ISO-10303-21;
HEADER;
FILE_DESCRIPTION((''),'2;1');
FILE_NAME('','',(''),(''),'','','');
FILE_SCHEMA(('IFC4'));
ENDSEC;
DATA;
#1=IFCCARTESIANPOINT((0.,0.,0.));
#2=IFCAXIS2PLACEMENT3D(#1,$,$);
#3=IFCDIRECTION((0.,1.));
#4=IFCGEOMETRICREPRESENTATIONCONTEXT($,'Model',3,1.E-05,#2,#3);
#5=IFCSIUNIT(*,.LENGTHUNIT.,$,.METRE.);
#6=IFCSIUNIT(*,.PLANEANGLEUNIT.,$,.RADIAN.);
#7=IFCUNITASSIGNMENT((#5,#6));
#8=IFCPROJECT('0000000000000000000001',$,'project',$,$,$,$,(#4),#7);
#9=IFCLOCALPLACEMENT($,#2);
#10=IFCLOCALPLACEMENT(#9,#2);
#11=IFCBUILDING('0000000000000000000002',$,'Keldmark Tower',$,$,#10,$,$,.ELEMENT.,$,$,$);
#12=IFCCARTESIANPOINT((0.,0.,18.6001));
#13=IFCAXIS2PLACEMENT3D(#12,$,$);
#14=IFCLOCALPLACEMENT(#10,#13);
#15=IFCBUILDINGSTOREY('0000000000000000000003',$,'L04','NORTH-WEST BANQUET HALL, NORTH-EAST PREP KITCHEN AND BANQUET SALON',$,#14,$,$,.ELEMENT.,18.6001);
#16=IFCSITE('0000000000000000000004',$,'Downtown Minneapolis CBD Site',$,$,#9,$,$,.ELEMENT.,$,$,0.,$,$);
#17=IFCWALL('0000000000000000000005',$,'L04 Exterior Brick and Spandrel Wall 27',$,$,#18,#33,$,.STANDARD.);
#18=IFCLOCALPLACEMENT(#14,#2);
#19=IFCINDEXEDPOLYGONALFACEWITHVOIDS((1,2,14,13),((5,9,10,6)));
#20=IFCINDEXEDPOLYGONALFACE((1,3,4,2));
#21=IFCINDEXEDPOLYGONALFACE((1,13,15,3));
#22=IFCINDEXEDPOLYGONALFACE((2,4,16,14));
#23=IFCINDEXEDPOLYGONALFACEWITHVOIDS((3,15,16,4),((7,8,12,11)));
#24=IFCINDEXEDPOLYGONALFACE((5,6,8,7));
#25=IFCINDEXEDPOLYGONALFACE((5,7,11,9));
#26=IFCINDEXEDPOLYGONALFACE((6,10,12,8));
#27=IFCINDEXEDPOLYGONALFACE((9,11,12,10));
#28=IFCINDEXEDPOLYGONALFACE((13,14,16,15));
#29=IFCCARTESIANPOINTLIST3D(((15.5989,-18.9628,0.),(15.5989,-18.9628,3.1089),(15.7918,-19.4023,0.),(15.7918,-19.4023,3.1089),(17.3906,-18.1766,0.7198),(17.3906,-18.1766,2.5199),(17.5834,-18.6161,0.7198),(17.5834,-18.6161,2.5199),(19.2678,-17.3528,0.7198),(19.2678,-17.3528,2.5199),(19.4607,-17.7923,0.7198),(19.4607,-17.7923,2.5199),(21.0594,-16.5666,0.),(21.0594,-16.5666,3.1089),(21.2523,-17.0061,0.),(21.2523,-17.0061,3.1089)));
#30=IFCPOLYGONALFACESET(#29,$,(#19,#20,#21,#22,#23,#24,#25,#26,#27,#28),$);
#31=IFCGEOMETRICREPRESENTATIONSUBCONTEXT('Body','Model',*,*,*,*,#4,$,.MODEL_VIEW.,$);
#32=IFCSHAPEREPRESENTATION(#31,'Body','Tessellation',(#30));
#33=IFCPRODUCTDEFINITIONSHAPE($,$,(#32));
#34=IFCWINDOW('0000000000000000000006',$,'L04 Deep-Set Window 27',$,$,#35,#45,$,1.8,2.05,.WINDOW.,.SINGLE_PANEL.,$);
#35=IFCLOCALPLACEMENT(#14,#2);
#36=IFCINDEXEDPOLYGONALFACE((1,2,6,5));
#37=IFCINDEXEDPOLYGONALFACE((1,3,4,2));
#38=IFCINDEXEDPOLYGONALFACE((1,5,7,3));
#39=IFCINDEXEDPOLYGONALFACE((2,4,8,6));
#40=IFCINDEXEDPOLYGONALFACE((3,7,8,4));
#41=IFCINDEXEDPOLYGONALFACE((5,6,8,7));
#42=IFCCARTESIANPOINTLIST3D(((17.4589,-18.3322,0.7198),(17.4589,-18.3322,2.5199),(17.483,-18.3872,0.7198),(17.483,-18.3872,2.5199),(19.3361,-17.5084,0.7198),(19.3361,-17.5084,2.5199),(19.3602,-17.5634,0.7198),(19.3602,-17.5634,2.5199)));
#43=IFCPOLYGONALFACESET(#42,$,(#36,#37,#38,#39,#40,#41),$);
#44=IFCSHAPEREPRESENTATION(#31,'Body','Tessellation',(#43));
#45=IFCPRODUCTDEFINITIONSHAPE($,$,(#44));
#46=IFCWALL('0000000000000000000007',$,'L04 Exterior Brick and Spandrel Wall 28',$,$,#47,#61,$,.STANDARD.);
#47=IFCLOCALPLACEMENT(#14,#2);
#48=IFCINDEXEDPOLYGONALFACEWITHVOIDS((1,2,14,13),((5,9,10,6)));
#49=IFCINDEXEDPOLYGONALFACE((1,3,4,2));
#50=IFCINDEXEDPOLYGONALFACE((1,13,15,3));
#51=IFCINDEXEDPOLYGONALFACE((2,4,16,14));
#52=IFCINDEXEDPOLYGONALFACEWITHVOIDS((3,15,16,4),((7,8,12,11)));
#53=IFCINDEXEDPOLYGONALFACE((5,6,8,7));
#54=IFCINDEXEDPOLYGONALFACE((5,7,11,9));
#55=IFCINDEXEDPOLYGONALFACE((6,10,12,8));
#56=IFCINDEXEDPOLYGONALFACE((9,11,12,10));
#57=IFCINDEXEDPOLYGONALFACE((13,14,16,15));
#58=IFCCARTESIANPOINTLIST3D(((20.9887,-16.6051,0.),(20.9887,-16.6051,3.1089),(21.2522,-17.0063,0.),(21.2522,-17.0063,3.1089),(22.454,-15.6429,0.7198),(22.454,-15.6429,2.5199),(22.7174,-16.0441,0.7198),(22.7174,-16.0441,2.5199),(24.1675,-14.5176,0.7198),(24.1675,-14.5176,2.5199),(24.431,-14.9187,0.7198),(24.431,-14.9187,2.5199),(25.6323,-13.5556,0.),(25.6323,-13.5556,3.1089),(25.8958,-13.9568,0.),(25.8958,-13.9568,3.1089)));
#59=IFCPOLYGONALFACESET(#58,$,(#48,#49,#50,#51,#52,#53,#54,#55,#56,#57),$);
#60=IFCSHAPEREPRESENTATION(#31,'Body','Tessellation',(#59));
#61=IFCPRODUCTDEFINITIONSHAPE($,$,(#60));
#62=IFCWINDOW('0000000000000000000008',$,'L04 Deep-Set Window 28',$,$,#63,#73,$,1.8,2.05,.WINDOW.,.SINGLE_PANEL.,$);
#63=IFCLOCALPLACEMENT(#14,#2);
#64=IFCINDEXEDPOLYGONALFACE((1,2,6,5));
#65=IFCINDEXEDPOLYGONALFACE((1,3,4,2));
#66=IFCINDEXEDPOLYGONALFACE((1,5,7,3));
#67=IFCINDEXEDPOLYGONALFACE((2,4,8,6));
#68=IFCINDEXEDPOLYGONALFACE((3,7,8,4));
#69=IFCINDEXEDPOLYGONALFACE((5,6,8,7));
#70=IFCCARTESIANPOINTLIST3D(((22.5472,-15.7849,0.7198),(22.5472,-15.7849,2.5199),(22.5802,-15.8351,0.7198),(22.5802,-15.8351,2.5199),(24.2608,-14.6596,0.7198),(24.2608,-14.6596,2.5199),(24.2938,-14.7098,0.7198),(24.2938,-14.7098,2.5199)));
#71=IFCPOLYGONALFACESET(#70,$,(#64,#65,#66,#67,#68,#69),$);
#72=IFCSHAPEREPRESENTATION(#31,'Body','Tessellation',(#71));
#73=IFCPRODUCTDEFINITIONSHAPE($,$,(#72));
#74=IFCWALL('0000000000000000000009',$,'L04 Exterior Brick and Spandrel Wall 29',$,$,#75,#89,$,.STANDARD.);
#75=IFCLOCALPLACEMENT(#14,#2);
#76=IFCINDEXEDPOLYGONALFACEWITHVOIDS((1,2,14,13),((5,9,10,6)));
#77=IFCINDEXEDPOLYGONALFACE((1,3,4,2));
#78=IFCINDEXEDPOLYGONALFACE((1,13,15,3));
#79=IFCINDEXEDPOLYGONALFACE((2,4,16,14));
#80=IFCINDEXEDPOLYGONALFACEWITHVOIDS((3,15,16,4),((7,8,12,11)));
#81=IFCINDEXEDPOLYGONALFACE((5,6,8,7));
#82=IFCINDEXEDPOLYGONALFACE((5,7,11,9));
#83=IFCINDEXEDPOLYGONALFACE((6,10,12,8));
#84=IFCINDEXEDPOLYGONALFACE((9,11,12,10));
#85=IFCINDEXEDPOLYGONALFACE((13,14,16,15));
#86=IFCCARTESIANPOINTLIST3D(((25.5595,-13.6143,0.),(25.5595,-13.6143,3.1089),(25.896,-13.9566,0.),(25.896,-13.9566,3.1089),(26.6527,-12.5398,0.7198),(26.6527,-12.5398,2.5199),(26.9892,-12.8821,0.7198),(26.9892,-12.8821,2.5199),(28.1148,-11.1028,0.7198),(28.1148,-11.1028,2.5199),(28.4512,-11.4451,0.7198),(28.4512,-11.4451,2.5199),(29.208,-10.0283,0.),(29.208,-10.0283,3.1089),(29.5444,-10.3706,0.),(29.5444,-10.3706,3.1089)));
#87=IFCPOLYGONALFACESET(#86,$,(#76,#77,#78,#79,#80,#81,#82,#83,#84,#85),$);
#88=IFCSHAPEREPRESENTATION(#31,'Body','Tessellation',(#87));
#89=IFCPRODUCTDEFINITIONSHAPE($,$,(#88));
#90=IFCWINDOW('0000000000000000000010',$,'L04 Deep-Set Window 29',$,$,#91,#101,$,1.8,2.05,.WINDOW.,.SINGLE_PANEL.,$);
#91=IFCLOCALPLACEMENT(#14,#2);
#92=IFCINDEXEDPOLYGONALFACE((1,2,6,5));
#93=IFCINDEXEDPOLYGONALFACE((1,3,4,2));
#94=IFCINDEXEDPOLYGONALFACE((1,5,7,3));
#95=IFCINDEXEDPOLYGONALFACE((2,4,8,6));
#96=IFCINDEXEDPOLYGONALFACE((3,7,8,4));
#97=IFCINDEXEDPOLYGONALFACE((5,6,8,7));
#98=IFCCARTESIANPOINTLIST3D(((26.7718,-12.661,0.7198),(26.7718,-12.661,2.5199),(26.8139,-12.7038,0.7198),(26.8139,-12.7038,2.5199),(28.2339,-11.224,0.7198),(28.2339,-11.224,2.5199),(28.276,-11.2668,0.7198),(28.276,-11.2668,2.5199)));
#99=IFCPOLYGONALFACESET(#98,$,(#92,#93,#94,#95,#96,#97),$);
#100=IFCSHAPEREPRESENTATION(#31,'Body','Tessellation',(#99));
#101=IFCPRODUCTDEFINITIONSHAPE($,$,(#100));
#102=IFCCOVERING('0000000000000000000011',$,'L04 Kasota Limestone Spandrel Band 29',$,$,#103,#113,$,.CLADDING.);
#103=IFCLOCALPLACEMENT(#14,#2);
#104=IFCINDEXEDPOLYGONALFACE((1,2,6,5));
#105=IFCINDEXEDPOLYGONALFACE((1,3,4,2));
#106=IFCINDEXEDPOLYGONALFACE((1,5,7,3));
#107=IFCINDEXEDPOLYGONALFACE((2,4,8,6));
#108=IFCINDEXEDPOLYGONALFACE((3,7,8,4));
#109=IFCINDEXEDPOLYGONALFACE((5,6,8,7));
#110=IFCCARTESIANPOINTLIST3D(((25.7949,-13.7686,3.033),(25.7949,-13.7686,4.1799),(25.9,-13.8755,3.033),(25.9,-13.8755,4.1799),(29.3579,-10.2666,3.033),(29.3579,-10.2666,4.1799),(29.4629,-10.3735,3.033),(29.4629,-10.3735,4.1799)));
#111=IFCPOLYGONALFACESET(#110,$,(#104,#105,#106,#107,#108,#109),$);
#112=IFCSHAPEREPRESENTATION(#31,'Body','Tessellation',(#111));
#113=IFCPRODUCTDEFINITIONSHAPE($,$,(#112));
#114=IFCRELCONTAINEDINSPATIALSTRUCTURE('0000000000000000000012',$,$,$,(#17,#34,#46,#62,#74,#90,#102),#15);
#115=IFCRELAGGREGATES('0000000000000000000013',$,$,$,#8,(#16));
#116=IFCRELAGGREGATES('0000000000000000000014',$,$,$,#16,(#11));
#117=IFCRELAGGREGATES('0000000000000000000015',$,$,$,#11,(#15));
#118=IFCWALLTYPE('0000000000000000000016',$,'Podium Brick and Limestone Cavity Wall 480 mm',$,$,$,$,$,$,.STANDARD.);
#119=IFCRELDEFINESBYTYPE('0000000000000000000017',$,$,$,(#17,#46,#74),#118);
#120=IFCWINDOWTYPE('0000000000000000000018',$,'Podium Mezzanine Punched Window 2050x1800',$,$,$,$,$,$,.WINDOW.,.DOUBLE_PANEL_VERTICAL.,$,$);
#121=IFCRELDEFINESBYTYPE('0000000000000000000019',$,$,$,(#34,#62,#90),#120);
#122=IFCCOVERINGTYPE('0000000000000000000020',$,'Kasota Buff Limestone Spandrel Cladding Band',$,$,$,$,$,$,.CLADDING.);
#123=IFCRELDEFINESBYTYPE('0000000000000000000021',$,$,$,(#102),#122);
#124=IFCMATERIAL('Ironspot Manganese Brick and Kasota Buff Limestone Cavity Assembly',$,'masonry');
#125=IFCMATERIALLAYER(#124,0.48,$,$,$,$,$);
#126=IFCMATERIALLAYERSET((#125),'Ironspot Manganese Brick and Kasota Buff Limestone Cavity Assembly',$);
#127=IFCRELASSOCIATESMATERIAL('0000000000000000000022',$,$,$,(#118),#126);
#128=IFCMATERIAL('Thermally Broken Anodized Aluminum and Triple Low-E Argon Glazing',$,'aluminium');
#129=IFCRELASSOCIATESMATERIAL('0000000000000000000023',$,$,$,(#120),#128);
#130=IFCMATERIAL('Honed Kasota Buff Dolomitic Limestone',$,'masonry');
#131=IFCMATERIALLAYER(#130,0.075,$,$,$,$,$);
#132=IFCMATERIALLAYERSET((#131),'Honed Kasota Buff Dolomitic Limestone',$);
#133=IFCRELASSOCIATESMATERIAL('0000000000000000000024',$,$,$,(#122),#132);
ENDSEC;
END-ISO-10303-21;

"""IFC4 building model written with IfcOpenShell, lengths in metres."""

from ifc_helpers import new_model, si_unit, direction, frame, frame_2d, origin, origin_2d, place, context, subcontext, project, spatial, rectangle, extrude, material, layer, layer_set, type_object, element, fill, save


model = new_model("IFC4")

# Units and contexts
model_context = context("Model", 3, precision=1e-05, world=origin(), true_north=direction((0.0, 1.0)))
body_context = subcontext(model_context, "Body", "Model", "MODEL_VIEW")
ifc_project = project(units=[si_unit("LENGTHUNIT", "METRE"), si_unit("PLANEANGLEUNIT", "RADIAN")], contexts=[model_context])

# Site, building, storey
site_placement = place(None, origin())
site = spatial("IfcSite", under=ifc_project, at=site_placement, Name="Downtown Minneapolis CBD Site", CompositionType="ELEMENT", RefElevation=0.0)
building_placement = place(site_placement, origin())
building = spatial("IfcBuilding", under=site, at=building_placement, Name="Keldmark Tower", CompositionType="ELEMENT")
storey_placement = place(building_placement, frame((0.0, 0.0, 18.6001)))
storey = spatial("IfcBuildingStorey", under=building, at=storey_placement, Name="L04", Description="NORTH-WEST BANQUET HALL, NORTH-EAST PREP KITCHEN AND BANQUET SALON", CompositionType="ELEMENT", Elevation=18.6001)

# Walls, openings, windows
ifc_material_1 = material(Name="Ironspot Manganese Brick and Kasota Buff Limestone Cavity Assembly", Category="masonry")
ifc_layer_1 = layer(ifc_material_1, 0.48)
ifc_layer_set_1 = layer_set([ifc_layer_1], Name="Ironspot Manganese Brick and Kasota Buff Limestone Cavity Assembly")
wall_type_1 = type_object("IfcWallType", Name="Podium Brick and Limestone Cavity Wall 480 mm", PredefinedType="STANDARD", material=ifc_layer_set_1)
ifc_material_2 = material(Name="Thermally Broken Anodized Aluminum and Triple Low-E Argon Glazing", Category="aluminium")
window_type = type_object("IfcWindowType", Name="Podium Mezzanine Punched Window 2050x1800", PartitioningType="DOUBLE_PANEL_VERTICAL", PredefinedType="WINDOW", material=ifc_material_2)
wall_1_placement = place(storey_placement, frame((21.1558, -16.7864, 0.0), z_axis=(0.0, 0.0, 1.0), x_axis=(-0.915708, -0.401845, 0.0)))
wall_1 = element("IfcWall", 1, at=wall_1_placement, inside=storey, type_object=wall_type_1, Name="L04 Exterior Brick and Spandrel Wall 27", PredefinedType="STANDARD", context=body_context, shape_type="SweptSolid", body=[
    extrude(rectangle(XDim=5.9631, YDim=0.48, at=frame_2d((2.9814, 0.0))), origin(), (0.0, 0.0, 1.0), 3.1089),
])
opening_1_placement = place(wall_1_placement, frame((1.9565, 0.0, 0.72)))
opening_1 = element("IfcOpeningElement", 2, at=opening_1_placement, cuts=wall_1, PredefinedType="OPENING", context=body_context, shape_type="SweptSolid", body=[
    extrude(rectangle(XDim=2.05, YDim=1.8, at=frame_2d((1.0249, 0.8999))), frame((0.0, 0.25, 0.0), z_axis=(0.0, -1.0, 0.0), x_axis=(1.0, 0.0, 0.0)), (0.0, 0.0, 1.0), 0.5),
])
window_1_placement = place(opening_1_placement, origin())
window_1 = element("IfcWindow", 3, at=window_1_placement, inside=storey, type_object=window_type, Name="L04 Deep-Set Window 27", OverallHeight=1.8, OverallWidth=2.05, PartitioningType="SINGLE_PANEL", PredefinedType="WINDOW", context=body_context, shape_type="SweptSolid", body=[
    extrude(rectangle(XDim=2.05, YDim=1.8, at=frame_2d((1.0249, 0.8999))), frame((0.0, -0.01, 0.0), z_axis=(0.0, -1.0, 0.0), x_axis=(1.0, 0.0, 0.0)), (0.0, 0.0, 1.0), 0.0601),
])
fill(opening_1, window_1)
wall_2_placement = place(storey_placement, frame((25.7642, -13.7561, 0.0), z_axis=(0.0, 0.0, 1.0), x_axis=(-0.835864, -0.548937, 0.0)))
wall_2 = element("IfcWall", 4, at=wall_2_placement, inside=storey, type_object=wall_type_1, Name="L04 Exterior Brick and Spandrel Wall 28", PredefinedType="STANDARD", context=body_context, shape_type="SweptSolid", body=[
    extrude(rectangle(XDim=5.5554, YDim=0.48, at=frame_2d((2.7778, 0.0))), origin(), (0.0, 0.0, 1.0), 3.1089),
])
opening_2_placement = place(wall_2_placement, frame((1.7527, 0.0, 0.72)))
opening_2 = element("IfcOpeningElement", 5, at=opening_2_placement, cuts=wall_2, PredefinedType="OPENING", context=body_context, shape_type="SweptSolid", body=[
    extrude(rectangle(XDim=2.05, YDim=1.8, at=frame_2d((1.0249, 0.8999))), frame((0.0, 0.25, 0.0), z_axis=(0.0, -1.0, 0.0), x_axis=(1.0, 0.0, 0.0)), (0.0, 0.0, 1.0), 0.5),
])
window_2_placement = place(opening_2_placement, origin())
window_2 = element("IfcWindow", 6, at=window_2_placement, inside=storey, type_object=window_type, Name="L04 Deep-Set Window 28", OverallHeight=1.8, OverallWidth=2.05, PartitioningType="SINGLE_PANEL", PredefinedType="WINDOW", context=body_context, shape_type="SweptSolid", body=[
    extrude(rectangle(XDim=2.05, YDim=1.8, at=frame_2d((1.0249, 0.8999))), frame((0.0, -0.01, 0.0), z_axis=(0.0, -1.0, 0.0), x_axis=(1.0, 0.0, 0.0)), (0.0, 0.0, 1.0), 0.0601),
])
fill(opening_2, window_2)
wall_3_placement = place(storey_placement, frame((29.3762, -10.1995, 0.0), z_axis=(0.0, 0.0, 1.0), x_axis=(-0.713189, -0.700972, 0.0)))
wall_3 = element("IfcWall", 7, at=wall_3_placement, inside=storey, type_object=wall_type_1, Name="L04 Exterior Brick and Spandrel Wall 29", PredefinedType="STANDARD", context=body_context, shape_type="SweptSolid", body=[
    extrude(rectangle(XDim=5.1157, YDim=0.48, at=frame_2d((2.5579, 0.0))), origin(), (0.0, 0.0, 1.0), 3.1089),
])
opening_3_placement = place(wall_3_placement, frame((1.533, 0.0, 0.72)))
opening_3 = element("IfcOpeningElement", 8, at=opening_3_placement, cuts=wall_3, PredefinedType="OPENING", context=body_context, shape_type="SweptSolid", body=[
    extrude(rectangle(XDim=2.05, YDim=1.8, at=frame_2d((1.0249, 0.8999))), frame((0.0, 0.25, 0.0), z_axis=(0.0, -1.0, 0.0), x_axis=(1.0, 0.0, 0.0)), (0.0, 0.0, 1.0), 0.5),
])
window_3_placement = place(opening_3_placement, origin())
window_3 = element("IfcWindow", 9, at=window_3_placement, inside=storey, type_object=window_type, Name="L04 Deep-Set Window 29", OverallHeight=1.8, OverallWidth=2.05, PartitioningType="SINGLE_PANEL", PredefinedType="WINDOW", context=body_context, shape_type="SweptSolid", body=[
    extrude(rectangle(XDim=2.05, YDim=1.8, at=frame_2d((1.0249, 0.8999))), frame((0.0, -0.01, 0.0), z_axis=(0.0, -1.0, 0.0), x_axis=(1.0, 0.0, 0.0)), (0.0, 0.0, 1.0), 0.0601),
])
fill(opening_3, window_3)

# Covering
ifc_material_3 = material(Name="Honed Kasota Buff Dolomitic Limestone", Category="masonry")
ifc_layer_2 = layer(ifc_material_3, 0.075)
ifc_layer_set_2 = layer_set([ifc_layer_2], Name="Honed Kasota Buff Dolomitic Limestone")
covering_type = type_object("IfcCoveringType", Name="Kasota Buff Limestone Spandrel Cladding Band", PredefinedType="CLADDING", material=ifc_layer_set_2)
covering_placement = place(storey_placement, frame((27.6289, -12.071, 3.033), z_axis=(0.0, 0.0, 1.0), x_axis=(0.713189, 0.700972, 0.0)))
element("IfcCovering", 10, at=covering_placement, inside=storey, type_object=covering_type, Name="L04 Kasota Limestone Spandrel Band 29", PredefinedType="CLADDING", context=body_context, shape_type="SweptSolid", body=[
    extrude(rectangle(XDim=4.9958, YDim=0.1499, at=origin_2d()), origin(), (0.0, 0.0, 1.0), 1.147),
])

save(model, "model.ifc")
